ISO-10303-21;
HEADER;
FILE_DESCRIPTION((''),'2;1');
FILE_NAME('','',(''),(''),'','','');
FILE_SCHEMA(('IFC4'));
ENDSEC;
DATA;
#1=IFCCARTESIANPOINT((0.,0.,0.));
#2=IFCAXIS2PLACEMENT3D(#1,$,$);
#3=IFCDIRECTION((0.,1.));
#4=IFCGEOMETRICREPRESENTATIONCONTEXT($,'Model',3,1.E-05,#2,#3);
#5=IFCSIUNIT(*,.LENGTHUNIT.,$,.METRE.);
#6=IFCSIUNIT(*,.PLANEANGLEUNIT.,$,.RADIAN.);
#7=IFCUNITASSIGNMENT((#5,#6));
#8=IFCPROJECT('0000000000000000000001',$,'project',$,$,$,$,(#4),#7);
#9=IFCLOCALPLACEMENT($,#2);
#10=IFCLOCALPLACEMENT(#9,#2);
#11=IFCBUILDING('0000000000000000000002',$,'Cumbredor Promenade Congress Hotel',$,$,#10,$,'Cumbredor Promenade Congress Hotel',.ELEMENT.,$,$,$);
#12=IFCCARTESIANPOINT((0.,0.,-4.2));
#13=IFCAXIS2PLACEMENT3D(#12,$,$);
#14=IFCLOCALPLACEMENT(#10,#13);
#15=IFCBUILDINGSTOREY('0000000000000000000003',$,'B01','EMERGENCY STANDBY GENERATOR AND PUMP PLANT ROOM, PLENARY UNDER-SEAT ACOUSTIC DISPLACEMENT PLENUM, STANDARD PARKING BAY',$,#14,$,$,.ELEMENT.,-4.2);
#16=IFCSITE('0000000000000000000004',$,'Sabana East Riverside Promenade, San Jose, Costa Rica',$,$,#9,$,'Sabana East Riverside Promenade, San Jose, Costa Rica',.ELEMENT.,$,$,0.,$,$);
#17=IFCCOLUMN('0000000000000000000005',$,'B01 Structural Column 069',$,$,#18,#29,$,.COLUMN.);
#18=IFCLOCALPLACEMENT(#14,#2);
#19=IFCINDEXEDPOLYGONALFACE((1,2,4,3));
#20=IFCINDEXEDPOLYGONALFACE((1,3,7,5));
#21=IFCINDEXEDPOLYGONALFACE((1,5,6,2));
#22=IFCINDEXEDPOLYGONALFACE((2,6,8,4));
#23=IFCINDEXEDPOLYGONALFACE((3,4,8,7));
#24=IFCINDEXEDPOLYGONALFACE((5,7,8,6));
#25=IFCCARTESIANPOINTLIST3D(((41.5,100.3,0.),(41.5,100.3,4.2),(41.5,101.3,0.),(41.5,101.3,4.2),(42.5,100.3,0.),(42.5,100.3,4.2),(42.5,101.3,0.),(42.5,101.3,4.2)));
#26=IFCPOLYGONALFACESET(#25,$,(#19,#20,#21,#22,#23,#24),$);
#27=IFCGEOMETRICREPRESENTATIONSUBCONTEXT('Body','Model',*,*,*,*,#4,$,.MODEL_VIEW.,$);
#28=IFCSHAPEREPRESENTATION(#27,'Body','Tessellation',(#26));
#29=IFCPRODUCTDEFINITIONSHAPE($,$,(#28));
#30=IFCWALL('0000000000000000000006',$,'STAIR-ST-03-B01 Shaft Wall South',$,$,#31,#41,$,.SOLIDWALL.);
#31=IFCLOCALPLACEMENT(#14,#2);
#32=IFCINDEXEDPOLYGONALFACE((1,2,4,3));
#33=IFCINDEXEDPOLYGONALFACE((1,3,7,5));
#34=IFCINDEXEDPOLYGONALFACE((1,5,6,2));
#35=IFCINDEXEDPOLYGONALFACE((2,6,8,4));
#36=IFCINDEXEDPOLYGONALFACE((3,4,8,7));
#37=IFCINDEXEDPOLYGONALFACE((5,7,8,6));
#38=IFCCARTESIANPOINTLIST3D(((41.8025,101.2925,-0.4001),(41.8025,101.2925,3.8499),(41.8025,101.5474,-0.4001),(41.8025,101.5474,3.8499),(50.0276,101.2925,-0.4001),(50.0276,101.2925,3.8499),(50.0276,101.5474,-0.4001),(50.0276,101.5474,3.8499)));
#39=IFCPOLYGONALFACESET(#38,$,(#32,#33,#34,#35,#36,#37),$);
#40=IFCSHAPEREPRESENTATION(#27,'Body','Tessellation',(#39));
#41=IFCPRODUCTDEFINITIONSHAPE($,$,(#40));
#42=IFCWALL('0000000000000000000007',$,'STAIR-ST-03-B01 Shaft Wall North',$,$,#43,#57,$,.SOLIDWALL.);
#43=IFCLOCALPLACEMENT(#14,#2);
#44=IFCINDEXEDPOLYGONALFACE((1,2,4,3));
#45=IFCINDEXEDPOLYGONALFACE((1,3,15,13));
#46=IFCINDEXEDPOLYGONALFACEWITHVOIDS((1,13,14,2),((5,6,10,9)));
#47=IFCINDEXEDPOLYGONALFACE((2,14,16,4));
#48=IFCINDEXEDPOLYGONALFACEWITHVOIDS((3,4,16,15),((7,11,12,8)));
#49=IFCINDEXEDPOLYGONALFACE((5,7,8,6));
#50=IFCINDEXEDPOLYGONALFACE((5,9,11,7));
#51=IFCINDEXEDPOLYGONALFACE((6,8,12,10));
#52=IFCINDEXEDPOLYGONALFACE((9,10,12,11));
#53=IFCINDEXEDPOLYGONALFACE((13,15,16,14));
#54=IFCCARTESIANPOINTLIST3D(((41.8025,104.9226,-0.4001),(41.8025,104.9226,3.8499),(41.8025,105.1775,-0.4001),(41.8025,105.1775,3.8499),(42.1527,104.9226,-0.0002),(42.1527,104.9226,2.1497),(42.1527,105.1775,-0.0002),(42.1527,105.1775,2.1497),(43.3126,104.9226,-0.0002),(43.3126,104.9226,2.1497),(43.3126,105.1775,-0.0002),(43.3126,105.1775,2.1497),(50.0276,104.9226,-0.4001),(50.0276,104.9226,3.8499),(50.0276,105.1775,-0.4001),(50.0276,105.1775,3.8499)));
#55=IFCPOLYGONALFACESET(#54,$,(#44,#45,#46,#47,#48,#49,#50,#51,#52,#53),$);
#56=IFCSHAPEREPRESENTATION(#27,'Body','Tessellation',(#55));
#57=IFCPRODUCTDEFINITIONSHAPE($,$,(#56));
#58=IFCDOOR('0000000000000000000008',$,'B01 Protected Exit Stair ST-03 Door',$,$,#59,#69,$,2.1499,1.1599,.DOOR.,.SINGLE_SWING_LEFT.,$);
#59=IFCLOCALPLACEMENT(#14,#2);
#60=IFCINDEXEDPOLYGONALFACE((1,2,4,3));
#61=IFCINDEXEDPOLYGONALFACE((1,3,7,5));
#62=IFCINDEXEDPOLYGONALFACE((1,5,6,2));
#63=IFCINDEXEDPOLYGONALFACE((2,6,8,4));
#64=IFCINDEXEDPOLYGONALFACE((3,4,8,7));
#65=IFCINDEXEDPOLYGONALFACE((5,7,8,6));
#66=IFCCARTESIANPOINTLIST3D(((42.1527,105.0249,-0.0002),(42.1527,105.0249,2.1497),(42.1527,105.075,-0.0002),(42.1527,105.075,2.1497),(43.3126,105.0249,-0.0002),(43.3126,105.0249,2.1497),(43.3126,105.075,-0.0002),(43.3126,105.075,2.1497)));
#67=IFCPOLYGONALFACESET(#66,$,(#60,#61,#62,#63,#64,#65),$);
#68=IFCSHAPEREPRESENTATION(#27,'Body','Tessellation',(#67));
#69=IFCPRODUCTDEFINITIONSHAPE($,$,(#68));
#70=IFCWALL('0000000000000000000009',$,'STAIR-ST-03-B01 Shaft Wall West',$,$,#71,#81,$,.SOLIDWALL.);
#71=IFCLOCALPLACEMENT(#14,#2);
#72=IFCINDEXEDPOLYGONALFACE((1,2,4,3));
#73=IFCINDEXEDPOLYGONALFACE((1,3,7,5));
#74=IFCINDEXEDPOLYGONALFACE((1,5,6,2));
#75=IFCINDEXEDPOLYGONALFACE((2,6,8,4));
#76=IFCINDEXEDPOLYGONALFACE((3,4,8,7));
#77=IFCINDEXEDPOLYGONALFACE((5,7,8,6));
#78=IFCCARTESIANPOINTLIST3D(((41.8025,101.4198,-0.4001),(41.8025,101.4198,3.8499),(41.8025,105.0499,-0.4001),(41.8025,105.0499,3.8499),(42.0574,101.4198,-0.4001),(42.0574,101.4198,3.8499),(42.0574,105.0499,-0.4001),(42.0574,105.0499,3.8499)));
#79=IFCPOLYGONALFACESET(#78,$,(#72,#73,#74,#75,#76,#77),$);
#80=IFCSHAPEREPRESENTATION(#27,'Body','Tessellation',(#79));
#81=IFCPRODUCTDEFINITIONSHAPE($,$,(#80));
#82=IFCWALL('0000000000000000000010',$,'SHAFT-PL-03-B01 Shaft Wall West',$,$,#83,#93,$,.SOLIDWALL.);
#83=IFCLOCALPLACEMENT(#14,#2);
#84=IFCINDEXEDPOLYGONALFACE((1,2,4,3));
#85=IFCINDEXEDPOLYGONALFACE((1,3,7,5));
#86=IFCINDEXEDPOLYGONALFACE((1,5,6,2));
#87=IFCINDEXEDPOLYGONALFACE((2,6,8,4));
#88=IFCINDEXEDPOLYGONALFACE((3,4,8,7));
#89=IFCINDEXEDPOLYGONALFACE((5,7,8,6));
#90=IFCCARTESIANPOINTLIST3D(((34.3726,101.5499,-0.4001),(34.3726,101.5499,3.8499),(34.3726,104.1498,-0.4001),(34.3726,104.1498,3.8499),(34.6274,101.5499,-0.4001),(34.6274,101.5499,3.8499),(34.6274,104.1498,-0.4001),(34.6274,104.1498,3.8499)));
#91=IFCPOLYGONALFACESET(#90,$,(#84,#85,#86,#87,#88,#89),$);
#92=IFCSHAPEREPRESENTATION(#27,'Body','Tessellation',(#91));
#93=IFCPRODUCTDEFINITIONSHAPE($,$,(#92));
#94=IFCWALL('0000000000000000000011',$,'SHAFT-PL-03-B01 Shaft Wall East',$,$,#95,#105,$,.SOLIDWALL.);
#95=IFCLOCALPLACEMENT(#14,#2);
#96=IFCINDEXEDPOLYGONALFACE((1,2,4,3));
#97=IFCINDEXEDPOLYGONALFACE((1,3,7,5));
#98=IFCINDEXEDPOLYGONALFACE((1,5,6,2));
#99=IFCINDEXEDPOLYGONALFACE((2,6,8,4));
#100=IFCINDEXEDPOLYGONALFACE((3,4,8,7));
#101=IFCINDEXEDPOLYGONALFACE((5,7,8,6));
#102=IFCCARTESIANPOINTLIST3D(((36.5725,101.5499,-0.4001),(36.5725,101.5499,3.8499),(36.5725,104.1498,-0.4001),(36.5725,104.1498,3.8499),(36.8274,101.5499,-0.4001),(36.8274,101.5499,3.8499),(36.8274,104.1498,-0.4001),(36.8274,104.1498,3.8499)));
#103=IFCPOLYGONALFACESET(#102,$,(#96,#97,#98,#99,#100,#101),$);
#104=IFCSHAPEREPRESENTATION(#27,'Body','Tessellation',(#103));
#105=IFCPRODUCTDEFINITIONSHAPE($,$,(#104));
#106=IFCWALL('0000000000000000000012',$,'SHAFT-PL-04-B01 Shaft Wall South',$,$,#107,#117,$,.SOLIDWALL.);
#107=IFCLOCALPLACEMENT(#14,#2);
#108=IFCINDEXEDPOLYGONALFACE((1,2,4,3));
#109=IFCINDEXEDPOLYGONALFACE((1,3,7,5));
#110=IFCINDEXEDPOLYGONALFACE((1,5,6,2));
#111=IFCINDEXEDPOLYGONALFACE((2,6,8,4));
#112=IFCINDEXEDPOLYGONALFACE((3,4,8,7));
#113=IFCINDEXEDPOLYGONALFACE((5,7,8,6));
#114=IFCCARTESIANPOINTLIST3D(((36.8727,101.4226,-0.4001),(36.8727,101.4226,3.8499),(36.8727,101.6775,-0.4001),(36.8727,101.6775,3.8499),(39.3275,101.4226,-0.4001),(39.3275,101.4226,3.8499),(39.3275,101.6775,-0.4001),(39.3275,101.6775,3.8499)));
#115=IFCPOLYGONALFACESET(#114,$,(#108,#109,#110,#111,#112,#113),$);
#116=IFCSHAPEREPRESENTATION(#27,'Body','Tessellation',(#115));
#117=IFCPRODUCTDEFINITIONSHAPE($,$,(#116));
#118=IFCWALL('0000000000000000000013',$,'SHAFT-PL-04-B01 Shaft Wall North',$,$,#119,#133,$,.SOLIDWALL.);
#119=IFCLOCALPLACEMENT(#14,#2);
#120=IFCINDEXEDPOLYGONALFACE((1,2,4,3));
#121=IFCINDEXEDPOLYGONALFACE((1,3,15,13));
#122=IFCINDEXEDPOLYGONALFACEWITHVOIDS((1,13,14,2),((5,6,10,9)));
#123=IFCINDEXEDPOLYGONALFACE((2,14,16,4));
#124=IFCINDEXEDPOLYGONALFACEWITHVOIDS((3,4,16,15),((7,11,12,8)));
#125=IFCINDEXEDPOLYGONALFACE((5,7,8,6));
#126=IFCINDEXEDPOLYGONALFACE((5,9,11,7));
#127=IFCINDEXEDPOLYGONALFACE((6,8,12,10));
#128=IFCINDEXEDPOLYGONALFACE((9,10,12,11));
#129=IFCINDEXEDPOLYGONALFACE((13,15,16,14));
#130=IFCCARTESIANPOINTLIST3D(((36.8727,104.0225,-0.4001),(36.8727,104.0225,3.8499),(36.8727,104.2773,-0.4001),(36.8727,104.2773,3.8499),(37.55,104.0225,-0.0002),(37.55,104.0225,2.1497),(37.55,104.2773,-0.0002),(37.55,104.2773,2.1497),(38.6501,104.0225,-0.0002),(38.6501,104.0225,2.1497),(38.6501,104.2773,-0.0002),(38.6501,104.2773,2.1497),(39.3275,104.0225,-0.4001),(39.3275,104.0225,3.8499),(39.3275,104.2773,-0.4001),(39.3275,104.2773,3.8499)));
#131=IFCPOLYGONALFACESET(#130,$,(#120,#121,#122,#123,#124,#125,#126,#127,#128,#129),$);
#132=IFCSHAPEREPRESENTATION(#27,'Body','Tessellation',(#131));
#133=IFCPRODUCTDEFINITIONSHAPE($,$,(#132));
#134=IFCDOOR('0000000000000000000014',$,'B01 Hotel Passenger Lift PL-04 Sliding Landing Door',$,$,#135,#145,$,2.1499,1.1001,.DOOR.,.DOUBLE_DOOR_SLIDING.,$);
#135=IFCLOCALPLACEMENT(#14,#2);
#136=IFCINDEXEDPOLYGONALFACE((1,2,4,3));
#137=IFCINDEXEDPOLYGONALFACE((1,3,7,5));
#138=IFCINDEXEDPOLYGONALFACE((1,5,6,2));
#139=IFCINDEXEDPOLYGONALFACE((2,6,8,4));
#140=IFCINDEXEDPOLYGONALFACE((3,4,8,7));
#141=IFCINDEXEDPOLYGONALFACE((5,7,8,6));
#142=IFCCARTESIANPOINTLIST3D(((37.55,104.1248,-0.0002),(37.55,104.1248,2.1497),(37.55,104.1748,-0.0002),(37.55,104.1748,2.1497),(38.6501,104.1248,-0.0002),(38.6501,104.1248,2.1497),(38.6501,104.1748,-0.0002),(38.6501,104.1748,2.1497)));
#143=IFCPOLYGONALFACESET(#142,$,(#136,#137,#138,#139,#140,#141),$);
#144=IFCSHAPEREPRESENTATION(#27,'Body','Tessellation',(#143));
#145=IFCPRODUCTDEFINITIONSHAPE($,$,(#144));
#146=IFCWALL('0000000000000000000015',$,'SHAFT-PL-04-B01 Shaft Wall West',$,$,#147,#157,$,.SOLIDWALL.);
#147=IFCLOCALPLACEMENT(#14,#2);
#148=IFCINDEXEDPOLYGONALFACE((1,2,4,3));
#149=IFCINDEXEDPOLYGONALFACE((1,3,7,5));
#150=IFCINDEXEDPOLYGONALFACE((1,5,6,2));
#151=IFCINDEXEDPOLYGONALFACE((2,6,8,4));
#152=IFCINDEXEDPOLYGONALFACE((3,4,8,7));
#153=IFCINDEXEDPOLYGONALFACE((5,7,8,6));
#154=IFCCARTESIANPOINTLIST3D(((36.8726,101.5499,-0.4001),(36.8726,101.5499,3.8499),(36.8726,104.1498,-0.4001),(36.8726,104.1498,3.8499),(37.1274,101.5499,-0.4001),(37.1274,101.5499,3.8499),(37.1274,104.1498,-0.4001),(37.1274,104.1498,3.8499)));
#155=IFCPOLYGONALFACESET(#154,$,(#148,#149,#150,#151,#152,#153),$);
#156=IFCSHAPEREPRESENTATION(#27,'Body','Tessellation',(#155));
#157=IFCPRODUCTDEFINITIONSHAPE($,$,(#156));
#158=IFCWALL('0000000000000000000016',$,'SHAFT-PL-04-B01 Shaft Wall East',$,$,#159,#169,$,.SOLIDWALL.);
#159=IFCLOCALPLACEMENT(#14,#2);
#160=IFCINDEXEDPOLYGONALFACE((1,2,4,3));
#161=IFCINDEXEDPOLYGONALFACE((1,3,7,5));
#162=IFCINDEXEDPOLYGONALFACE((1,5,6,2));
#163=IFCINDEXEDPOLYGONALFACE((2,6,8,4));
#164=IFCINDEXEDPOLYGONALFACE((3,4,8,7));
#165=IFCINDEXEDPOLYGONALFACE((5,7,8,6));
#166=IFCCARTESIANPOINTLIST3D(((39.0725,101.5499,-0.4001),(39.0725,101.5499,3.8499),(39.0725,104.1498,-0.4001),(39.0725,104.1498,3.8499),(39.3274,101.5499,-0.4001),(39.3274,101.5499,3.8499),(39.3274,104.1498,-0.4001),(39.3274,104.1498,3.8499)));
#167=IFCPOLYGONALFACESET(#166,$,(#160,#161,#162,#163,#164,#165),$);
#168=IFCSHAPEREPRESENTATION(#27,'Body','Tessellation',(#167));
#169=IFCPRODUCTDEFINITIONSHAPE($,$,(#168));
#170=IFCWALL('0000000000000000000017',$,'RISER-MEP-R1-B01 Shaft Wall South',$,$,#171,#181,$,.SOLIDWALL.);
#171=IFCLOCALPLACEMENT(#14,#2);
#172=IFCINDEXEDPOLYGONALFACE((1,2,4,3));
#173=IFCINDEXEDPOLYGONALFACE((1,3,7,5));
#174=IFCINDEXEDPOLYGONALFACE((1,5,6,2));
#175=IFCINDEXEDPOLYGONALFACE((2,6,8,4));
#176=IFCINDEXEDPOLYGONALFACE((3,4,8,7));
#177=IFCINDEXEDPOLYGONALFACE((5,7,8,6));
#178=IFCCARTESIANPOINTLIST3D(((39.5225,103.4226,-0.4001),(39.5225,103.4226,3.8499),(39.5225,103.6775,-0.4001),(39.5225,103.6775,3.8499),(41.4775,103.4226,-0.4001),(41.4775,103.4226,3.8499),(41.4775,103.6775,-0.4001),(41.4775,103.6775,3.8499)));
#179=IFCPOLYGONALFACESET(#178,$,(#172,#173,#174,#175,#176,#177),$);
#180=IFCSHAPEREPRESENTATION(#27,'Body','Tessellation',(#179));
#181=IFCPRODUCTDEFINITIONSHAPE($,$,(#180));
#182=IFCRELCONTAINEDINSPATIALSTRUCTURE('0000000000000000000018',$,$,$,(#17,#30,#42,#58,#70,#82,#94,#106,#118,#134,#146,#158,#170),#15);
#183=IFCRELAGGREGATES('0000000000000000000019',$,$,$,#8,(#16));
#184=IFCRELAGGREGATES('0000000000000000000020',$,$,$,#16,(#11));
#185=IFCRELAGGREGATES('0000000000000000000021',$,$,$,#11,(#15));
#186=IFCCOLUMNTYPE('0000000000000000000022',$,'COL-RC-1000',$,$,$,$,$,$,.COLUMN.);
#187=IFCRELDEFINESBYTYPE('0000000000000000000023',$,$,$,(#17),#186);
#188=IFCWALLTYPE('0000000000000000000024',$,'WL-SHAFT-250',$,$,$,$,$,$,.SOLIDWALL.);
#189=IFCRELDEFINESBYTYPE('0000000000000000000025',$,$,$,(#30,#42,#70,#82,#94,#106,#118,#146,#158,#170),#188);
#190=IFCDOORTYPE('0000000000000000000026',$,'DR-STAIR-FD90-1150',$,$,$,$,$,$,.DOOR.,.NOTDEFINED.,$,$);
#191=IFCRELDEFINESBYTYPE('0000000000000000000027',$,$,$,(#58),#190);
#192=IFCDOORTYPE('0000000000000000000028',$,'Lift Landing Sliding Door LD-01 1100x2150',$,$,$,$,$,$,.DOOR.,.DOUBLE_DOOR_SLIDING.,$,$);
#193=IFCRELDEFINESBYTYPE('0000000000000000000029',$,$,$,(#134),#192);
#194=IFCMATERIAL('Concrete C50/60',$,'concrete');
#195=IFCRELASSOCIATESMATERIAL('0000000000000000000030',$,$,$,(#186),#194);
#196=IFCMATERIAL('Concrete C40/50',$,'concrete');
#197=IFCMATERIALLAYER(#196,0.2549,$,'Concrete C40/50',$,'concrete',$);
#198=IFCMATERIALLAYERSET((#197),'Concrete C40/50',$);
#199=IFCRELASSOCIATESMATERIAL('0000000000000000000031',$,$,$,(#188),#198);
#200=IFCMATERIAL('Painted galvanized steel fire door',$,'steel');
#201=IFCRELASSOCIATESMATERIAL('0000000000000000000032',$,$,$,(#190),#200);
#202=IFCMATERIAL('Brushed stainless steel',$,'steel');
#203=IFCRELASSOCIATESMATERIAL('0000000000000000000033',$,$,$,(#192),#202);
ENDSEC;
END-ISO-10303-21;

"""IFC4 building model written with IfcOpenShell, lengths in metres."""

from ifc_helpers import new_model, si_unit, direction, frame, frame_2d, origin, origin_2d, place, context, subcontext, project, spatial, rectangle, extrude, material, layer, layer_set, material_profile, profile_set, type_object, element, fill, save


model = new_model("IFC4")

# Units and contexts
model_context = context("Model", 3, precision=1e-05, world=origin(), true_north=direction((0.0, 1.0)))
body_context = subcontext(model_context, "Body", "Model", "MODEL_VIEW")
ifc_project = project(units=[si_unit("LENGTHUNIT", "METRE"), si_unit("PLANEANGLEUNIT", "RADIAN")], contexts=[model_context])

# Site, building, storey
site_placement = place(None, origin())
site = spatial("IfcSite", under=ifc_project, at=site_placement, Name="Sabana East Riverside Promenade, San Jose, Costa Rica", LongName="Sabana East Riverside Promenade, San Jose, Costa Rica", CompositionType="ELEMENT", RefElevation=0.0)
building_placement = place(site_placement, origin())
building = spatial("IfcBuilding", under=site, at=building_placement, Name="Cumbredor Promenade Congress Hotel", LongName="Cumbredor Promenade Congress Hotel", CompositionType="ELEMENT")
storey_placement = place(building_placement, frame((0.0, 0.0, -4.2)))
storey = spatial("IfcBuildingStorey", under=building, at=storey_placement, Name="B01", Description="EMERGENCY STANDBY GENERATOR AND PUMP PLANT ROOM, PLENARY UNDER-SEAT ACOUSTIC DISPLACEMENT PLENUM, STANDARD PARKING BAY", CompositionType="ELEMENT", Elevation=-4.2)

# Column
ifc_material_1 = material(Name="Concrete C50/60", Category="concrete")
ifc_material_profile = material_profile(ifc_material_1, rectangle(XDim=1.0, YDim=1.0, at=origin_2d()), Name="RC 1000x1000")
ifc_profile_set = profile_set([ifc_material_profile], Name="Concrete C50/60")
column_type = type_object("IfcColumnType", Name="COL-RC-1000", PredefinedType="COLUMN", material=ifc_profile_set)
column_placement = place(storey_placement, frame((42.0, 100.8, 0.0), z_axis=(0.0, 0.0, 1.0), x_axis=(1.0, 0.0, 0.0)))
element("IfcColumn", 1, at=column_placement, inside=storey, type_object=column_type, Name="B01 Structural Column 069", PredefinedType="COLUMN", context=body_context, shape_type="SweptSolid", body=[
    extrude(rectangle(XDim=1.0, YDim=1.0, at=origin_2d()), origin(), (0.0, 0.0, 1.0), 4.2),
])

# Wall
ifc_material_2 = material(Name="Concrete C40/50", Category="concrete")
ifc_layer = layer(ifc_material_2, 0.2549, Name="Concrete C40/50", Category="concrete")
ifc_layer_set = layer_set([ifc_layer], Name="Concrete C40/50")
wall_type = type_object("IfcWallType", Name="WL-SHAFT-250", PredefinedType="SOLIDWALL", material=ifc_layer_set)
wall_1_placement = place(storey_placement, frame((41.8025, 101.4199, -0.4001), z_axis=(0.0, 0.0, 1.0), x_axis=(1.0, 0.0, 0.0)))
element("IfcWall", 2, at=wall_1_placement, inside=storey, type_object=wall_type, Name="STAIR-ST-03-B01 Shaft Wall South", PredefinedType="SOLIDWALL", context=body_context, shape_type="SweptSolid", body=[
    extrude(rectangle(XDim=8.2251, YDim=0.2549, at=frame_2d((4.1125, 0.0))), origin(), (0.0, 0.0, 1.0), 4.25),
])

# Wall, opening, door
wall_2_placement = place(storey_placement, frame((41.8025, 105.05, -0.4001), z_axis=(0.0, 0.0, 1.0), x_axis=(1.0, 0.0, 0.0)))
wall_2 = element("IfcWall", 3, at=wall_2_placement, inside=storey, type_object=wall_type, Name="STAIR-ST-03-B01 Shaft Wall North", PredefinedType="SOLIDWALL", context=body_context, shape_type="SweptSolid", body=[
    extrude(rectangle(XDim=8.2251, YDim=0.2549, at=frame_2d((4.1125, 0.0))), origin(), (0.0, 0.0, 1.0), 4.25),
])
opening_1_placement = place(wall_2_placement, frame((0.3501, 0.0, 0.3999)))
opening_1 = element("IfcOpeningElement", 4, at=opening_1_placement, cuts=wall_2, PredefinedType="OPENING", context=body_context, shape_type="SweptSolid", body=[
    extrude(rectangle(XDim=1.1599, YDim=2.1499, at=frame_2d((0.5801, 1.075))), frame((0.0, 0.1375, 0.0), z_axis=(0.0, -1.0, 0.0), x_axis=(1.0, 0.0, 0.0)), (0.0, 0.0, 1.0), 0.2749),
])
ifc_material_3 = material(Name="Painted galvanized steel fire door", Category="steel")
door_type_1 = type_object("IfcDoorType", Name="DR-STAIR-FD90-1150", OperationType="NOTDEFINED", PredefinedType="DOOR", material=ifc_material_3)
door_1_placement = place(opening_1_placement, origin())
door_1 = element("IfcDoor", 5, at=door_1_placement, inside=storey, type_object=door_type_1, Name="B01 Protected Exit Stair ST-03 Door", OperationType="SINGLE_SWING_LEFT", OverallHeight=2.1499, OverallWidth=1.1599, PredefinedType="DOOR", context=body_context, shape_type="SweptSolid", body=[
    extrude(rectangle(XDim=1.1599, YDim=2.1499, at=frame_2d((0.5801, 1.075))), frame((0.0, 0.0249, 0.0), z_axis=(0.0, -1.0, 0.0), x_axis=(1.0, 0.0, 0.0)), (0.0, 0.0, 1.0), 0.05),
])
fill(opening_1, door_1)

# Walls
wall_3_placement = place(storey_placement, frame((41.9299, 101.4199, -0.4001), z_axis=(0.0, 0.0, 1.0), x_axis=(0.0, 1.0, 0.0)))
element("IfcWall", 6, at=wall_3_placement, inside=storey, type_object=wall_type, Name="STAIR-ST-03-B01 Shaft Wall West", PredefinedType="SOLIDWALL", context=body_context, shape_type="SweptSolid", body=[
    extrude(rectangle(XDim=3.6301, YDim=0.2549, at=frame_2d((1.8149, 0.0))), origin(), (0.0, 0.0, 1.0), 4.25),
])
for number, where, z_axis, x_axis, name in (
    (7, (34.5, 101.55, -0.4001), (0.0, 0.0, 1.0), (0.0, 1.0, 0.0), "SHAFT-PL-03-B01 Shaft Wall West"),
    (8, (36.7, 101.55, -0.4001), (0.0, 0.0, 1.0), (0.0, 1.0, 0.0), "SHAFT-PL-03-B01 Shaft Wall East"),
):
    element("IfcWall", number, at=place(storey_placement, frame(where, z_axis=z_axis, x_axis=x_axis)), inside=storey, type_object=wall_type, Name=name, PredefinedType="SOLIDWALL", context=body_context, shape_type="SweptSolid", body=[
        extrude(rectangle(XDim=2.5999, YDim=0.2549, at=frame_2d((1.2998, 0.0))), origin(), (0.0, 0.0, 1.0), 4.25),
    ])
wall_4_placement = place(storey_placement, frame((36.8726, 101.55, -0.4001), z_axis=(0.0, 0.0, 1.0), x_axis=(1.0, 0.0, 0.0)))
element("IfcWall", 9, at=wall_4_placement, inside=storey, type_object=wall_type, Name="SHAFT-PL-04-B01 Shaft Wall South", PredefinedType="SOLIDWALL", context=body_context, shape_type="SweptSolid", body=[
    extrude(rectangle(XDim=2.4548, YDim=0.2549, at=frame_2d((1.2275, 0.0))), origin(), (0.0, 0.0, 1.0), 4.25),
])

# Wall, opening, door
wall_5_placement = place(storey_placement, frame((36.8726, 104.1499, -0.4001), z_axis=(0.0, 0.0, 1.0), x_axis=(1.0, 0.0, 0.0)))
wall_5 = element("IfcWall", 10, at=wall_5_placement, inside=storey, type_object=wall_type, Name="SHAFT-PL-04-B01 Shaft Wall North", PredefinedType="SOLIDWALL", context=body_context, shape_type="SweptSolid", body=[
    extrude(rectangle(XDim=2.4548, YDim=0.2549, at=frame_2d((1.2275, 0.0))), origin(), (0.0, 0.0, 1.0), 4.25),
])
opening_2_placement = place(wall_5_placement, frame((0.6775, 0.0, 0.3999)))
opening_2 = element("IfcOpeningElement", 11, at=opening_2_placement, cuts=wall_5, PredefinedType="OPENING", context=body_context, shape_type="SweptSolid", body=[
    extrude(rectangle(XDim=1.1001, YDim=2.1499, at=frame_2d((0.55, 1.075))), frame((0.0, 0.1375, 0.0), z_axis=(0.0, -1.0, 0.0), x_axis=(1.0, 0.0, 0.0)), (0.0, 0.0, 1.0), 0.2749),
])
ifc_material_4 = material(Name="Brushed stainless steel", Category="steel")
door_type_2 = type_object("IfcDoorType", Name="Lift Landing Sliding Door LD-01 1100x2150", OperationType="DOUBLE_DOOR_SLIDING", PredefinedType="DOOR", material=ifc_material_4)
door_2_placement = place(opening_2_placement, origin())
door_2 = element("IfcDoor", 12, at=door_2_placement, inside=storey, type_object=door_type_2, Name="B01 Hotel Passenger Lift PL-04 Sliding Landing Door", OperationType="DOUBLE_DOOR_SLIDING", OverallHeight=2.1499, OverallWidth=1.1001, PredefinedType="DOOR", context=body_context, shape_type="SweptSolid", body=[
    extrude(rectangle(XDim=1.1001, YDim=2.1499, at=frame_2d((0.55, 1.075))), frame((0.0, 0.0249, 0.0), z_axis=(0.0, -1.0, 0.0), x_axis=(1.0, 0.0, 0.0)), (0.0, 0.0, 1.0), 0.05),
])
fill(opening_2, door_2)

# Walls
for number, where, z_axis, x_axis, name in (
    (13, (37.0, 101.55, -0.4001), (0.0, 0.0, 1.0), (0.0, 1.0, 0.0), "SHAFT-PL-04-B01 Shaft Wall West"),
    (14, (39.2, 101.55, -0.4001), (0.0, 0.0, 1.0), (0.0, 1.0, 0.0), "SHAFT-PL-04-B01 Shaft Wall East"),
):
    element("IfcWall", number, at=place(storey_placement, frame(where, z_axis=z_axis, x_axis=x_axis)), inside=storey, type_object=wall_type, Name=name, PredefinedType="SOLIDWALL", context=body_context, shape_type="SweptSolid", body=[
        extrude(rectangle(XDim=2.5999, YDim=0.2549, at=frame_2d((1.2998, 0.0))), origin(), (0.0, 0.0, 1.0), 4.25),
    ])
wall_6_placement = place(storey_placement, frame((39.5225, 103.55, -0.4001), z_axis=(0.0, 0.0, 1.0), x_axis=(1.0, 0.0, 0.0)))
element("IfcWall", 15, at=wall_6_placement, inside=storey, type_object=wall_type, Name="RISER-MEP-R1-B01 Shaft Wall South", PredefinedType="SOLIDWALL", context=body_context, shape_type="SweptSolid", body=[
    extrude(rectangle(XDim=1.9551, YDim=0.2549, at=frame_2d((0.9775, 0.0))), origin(), (0.0, 0.0, 1.0), 4.25),
])

save(model, "model.ifc")
